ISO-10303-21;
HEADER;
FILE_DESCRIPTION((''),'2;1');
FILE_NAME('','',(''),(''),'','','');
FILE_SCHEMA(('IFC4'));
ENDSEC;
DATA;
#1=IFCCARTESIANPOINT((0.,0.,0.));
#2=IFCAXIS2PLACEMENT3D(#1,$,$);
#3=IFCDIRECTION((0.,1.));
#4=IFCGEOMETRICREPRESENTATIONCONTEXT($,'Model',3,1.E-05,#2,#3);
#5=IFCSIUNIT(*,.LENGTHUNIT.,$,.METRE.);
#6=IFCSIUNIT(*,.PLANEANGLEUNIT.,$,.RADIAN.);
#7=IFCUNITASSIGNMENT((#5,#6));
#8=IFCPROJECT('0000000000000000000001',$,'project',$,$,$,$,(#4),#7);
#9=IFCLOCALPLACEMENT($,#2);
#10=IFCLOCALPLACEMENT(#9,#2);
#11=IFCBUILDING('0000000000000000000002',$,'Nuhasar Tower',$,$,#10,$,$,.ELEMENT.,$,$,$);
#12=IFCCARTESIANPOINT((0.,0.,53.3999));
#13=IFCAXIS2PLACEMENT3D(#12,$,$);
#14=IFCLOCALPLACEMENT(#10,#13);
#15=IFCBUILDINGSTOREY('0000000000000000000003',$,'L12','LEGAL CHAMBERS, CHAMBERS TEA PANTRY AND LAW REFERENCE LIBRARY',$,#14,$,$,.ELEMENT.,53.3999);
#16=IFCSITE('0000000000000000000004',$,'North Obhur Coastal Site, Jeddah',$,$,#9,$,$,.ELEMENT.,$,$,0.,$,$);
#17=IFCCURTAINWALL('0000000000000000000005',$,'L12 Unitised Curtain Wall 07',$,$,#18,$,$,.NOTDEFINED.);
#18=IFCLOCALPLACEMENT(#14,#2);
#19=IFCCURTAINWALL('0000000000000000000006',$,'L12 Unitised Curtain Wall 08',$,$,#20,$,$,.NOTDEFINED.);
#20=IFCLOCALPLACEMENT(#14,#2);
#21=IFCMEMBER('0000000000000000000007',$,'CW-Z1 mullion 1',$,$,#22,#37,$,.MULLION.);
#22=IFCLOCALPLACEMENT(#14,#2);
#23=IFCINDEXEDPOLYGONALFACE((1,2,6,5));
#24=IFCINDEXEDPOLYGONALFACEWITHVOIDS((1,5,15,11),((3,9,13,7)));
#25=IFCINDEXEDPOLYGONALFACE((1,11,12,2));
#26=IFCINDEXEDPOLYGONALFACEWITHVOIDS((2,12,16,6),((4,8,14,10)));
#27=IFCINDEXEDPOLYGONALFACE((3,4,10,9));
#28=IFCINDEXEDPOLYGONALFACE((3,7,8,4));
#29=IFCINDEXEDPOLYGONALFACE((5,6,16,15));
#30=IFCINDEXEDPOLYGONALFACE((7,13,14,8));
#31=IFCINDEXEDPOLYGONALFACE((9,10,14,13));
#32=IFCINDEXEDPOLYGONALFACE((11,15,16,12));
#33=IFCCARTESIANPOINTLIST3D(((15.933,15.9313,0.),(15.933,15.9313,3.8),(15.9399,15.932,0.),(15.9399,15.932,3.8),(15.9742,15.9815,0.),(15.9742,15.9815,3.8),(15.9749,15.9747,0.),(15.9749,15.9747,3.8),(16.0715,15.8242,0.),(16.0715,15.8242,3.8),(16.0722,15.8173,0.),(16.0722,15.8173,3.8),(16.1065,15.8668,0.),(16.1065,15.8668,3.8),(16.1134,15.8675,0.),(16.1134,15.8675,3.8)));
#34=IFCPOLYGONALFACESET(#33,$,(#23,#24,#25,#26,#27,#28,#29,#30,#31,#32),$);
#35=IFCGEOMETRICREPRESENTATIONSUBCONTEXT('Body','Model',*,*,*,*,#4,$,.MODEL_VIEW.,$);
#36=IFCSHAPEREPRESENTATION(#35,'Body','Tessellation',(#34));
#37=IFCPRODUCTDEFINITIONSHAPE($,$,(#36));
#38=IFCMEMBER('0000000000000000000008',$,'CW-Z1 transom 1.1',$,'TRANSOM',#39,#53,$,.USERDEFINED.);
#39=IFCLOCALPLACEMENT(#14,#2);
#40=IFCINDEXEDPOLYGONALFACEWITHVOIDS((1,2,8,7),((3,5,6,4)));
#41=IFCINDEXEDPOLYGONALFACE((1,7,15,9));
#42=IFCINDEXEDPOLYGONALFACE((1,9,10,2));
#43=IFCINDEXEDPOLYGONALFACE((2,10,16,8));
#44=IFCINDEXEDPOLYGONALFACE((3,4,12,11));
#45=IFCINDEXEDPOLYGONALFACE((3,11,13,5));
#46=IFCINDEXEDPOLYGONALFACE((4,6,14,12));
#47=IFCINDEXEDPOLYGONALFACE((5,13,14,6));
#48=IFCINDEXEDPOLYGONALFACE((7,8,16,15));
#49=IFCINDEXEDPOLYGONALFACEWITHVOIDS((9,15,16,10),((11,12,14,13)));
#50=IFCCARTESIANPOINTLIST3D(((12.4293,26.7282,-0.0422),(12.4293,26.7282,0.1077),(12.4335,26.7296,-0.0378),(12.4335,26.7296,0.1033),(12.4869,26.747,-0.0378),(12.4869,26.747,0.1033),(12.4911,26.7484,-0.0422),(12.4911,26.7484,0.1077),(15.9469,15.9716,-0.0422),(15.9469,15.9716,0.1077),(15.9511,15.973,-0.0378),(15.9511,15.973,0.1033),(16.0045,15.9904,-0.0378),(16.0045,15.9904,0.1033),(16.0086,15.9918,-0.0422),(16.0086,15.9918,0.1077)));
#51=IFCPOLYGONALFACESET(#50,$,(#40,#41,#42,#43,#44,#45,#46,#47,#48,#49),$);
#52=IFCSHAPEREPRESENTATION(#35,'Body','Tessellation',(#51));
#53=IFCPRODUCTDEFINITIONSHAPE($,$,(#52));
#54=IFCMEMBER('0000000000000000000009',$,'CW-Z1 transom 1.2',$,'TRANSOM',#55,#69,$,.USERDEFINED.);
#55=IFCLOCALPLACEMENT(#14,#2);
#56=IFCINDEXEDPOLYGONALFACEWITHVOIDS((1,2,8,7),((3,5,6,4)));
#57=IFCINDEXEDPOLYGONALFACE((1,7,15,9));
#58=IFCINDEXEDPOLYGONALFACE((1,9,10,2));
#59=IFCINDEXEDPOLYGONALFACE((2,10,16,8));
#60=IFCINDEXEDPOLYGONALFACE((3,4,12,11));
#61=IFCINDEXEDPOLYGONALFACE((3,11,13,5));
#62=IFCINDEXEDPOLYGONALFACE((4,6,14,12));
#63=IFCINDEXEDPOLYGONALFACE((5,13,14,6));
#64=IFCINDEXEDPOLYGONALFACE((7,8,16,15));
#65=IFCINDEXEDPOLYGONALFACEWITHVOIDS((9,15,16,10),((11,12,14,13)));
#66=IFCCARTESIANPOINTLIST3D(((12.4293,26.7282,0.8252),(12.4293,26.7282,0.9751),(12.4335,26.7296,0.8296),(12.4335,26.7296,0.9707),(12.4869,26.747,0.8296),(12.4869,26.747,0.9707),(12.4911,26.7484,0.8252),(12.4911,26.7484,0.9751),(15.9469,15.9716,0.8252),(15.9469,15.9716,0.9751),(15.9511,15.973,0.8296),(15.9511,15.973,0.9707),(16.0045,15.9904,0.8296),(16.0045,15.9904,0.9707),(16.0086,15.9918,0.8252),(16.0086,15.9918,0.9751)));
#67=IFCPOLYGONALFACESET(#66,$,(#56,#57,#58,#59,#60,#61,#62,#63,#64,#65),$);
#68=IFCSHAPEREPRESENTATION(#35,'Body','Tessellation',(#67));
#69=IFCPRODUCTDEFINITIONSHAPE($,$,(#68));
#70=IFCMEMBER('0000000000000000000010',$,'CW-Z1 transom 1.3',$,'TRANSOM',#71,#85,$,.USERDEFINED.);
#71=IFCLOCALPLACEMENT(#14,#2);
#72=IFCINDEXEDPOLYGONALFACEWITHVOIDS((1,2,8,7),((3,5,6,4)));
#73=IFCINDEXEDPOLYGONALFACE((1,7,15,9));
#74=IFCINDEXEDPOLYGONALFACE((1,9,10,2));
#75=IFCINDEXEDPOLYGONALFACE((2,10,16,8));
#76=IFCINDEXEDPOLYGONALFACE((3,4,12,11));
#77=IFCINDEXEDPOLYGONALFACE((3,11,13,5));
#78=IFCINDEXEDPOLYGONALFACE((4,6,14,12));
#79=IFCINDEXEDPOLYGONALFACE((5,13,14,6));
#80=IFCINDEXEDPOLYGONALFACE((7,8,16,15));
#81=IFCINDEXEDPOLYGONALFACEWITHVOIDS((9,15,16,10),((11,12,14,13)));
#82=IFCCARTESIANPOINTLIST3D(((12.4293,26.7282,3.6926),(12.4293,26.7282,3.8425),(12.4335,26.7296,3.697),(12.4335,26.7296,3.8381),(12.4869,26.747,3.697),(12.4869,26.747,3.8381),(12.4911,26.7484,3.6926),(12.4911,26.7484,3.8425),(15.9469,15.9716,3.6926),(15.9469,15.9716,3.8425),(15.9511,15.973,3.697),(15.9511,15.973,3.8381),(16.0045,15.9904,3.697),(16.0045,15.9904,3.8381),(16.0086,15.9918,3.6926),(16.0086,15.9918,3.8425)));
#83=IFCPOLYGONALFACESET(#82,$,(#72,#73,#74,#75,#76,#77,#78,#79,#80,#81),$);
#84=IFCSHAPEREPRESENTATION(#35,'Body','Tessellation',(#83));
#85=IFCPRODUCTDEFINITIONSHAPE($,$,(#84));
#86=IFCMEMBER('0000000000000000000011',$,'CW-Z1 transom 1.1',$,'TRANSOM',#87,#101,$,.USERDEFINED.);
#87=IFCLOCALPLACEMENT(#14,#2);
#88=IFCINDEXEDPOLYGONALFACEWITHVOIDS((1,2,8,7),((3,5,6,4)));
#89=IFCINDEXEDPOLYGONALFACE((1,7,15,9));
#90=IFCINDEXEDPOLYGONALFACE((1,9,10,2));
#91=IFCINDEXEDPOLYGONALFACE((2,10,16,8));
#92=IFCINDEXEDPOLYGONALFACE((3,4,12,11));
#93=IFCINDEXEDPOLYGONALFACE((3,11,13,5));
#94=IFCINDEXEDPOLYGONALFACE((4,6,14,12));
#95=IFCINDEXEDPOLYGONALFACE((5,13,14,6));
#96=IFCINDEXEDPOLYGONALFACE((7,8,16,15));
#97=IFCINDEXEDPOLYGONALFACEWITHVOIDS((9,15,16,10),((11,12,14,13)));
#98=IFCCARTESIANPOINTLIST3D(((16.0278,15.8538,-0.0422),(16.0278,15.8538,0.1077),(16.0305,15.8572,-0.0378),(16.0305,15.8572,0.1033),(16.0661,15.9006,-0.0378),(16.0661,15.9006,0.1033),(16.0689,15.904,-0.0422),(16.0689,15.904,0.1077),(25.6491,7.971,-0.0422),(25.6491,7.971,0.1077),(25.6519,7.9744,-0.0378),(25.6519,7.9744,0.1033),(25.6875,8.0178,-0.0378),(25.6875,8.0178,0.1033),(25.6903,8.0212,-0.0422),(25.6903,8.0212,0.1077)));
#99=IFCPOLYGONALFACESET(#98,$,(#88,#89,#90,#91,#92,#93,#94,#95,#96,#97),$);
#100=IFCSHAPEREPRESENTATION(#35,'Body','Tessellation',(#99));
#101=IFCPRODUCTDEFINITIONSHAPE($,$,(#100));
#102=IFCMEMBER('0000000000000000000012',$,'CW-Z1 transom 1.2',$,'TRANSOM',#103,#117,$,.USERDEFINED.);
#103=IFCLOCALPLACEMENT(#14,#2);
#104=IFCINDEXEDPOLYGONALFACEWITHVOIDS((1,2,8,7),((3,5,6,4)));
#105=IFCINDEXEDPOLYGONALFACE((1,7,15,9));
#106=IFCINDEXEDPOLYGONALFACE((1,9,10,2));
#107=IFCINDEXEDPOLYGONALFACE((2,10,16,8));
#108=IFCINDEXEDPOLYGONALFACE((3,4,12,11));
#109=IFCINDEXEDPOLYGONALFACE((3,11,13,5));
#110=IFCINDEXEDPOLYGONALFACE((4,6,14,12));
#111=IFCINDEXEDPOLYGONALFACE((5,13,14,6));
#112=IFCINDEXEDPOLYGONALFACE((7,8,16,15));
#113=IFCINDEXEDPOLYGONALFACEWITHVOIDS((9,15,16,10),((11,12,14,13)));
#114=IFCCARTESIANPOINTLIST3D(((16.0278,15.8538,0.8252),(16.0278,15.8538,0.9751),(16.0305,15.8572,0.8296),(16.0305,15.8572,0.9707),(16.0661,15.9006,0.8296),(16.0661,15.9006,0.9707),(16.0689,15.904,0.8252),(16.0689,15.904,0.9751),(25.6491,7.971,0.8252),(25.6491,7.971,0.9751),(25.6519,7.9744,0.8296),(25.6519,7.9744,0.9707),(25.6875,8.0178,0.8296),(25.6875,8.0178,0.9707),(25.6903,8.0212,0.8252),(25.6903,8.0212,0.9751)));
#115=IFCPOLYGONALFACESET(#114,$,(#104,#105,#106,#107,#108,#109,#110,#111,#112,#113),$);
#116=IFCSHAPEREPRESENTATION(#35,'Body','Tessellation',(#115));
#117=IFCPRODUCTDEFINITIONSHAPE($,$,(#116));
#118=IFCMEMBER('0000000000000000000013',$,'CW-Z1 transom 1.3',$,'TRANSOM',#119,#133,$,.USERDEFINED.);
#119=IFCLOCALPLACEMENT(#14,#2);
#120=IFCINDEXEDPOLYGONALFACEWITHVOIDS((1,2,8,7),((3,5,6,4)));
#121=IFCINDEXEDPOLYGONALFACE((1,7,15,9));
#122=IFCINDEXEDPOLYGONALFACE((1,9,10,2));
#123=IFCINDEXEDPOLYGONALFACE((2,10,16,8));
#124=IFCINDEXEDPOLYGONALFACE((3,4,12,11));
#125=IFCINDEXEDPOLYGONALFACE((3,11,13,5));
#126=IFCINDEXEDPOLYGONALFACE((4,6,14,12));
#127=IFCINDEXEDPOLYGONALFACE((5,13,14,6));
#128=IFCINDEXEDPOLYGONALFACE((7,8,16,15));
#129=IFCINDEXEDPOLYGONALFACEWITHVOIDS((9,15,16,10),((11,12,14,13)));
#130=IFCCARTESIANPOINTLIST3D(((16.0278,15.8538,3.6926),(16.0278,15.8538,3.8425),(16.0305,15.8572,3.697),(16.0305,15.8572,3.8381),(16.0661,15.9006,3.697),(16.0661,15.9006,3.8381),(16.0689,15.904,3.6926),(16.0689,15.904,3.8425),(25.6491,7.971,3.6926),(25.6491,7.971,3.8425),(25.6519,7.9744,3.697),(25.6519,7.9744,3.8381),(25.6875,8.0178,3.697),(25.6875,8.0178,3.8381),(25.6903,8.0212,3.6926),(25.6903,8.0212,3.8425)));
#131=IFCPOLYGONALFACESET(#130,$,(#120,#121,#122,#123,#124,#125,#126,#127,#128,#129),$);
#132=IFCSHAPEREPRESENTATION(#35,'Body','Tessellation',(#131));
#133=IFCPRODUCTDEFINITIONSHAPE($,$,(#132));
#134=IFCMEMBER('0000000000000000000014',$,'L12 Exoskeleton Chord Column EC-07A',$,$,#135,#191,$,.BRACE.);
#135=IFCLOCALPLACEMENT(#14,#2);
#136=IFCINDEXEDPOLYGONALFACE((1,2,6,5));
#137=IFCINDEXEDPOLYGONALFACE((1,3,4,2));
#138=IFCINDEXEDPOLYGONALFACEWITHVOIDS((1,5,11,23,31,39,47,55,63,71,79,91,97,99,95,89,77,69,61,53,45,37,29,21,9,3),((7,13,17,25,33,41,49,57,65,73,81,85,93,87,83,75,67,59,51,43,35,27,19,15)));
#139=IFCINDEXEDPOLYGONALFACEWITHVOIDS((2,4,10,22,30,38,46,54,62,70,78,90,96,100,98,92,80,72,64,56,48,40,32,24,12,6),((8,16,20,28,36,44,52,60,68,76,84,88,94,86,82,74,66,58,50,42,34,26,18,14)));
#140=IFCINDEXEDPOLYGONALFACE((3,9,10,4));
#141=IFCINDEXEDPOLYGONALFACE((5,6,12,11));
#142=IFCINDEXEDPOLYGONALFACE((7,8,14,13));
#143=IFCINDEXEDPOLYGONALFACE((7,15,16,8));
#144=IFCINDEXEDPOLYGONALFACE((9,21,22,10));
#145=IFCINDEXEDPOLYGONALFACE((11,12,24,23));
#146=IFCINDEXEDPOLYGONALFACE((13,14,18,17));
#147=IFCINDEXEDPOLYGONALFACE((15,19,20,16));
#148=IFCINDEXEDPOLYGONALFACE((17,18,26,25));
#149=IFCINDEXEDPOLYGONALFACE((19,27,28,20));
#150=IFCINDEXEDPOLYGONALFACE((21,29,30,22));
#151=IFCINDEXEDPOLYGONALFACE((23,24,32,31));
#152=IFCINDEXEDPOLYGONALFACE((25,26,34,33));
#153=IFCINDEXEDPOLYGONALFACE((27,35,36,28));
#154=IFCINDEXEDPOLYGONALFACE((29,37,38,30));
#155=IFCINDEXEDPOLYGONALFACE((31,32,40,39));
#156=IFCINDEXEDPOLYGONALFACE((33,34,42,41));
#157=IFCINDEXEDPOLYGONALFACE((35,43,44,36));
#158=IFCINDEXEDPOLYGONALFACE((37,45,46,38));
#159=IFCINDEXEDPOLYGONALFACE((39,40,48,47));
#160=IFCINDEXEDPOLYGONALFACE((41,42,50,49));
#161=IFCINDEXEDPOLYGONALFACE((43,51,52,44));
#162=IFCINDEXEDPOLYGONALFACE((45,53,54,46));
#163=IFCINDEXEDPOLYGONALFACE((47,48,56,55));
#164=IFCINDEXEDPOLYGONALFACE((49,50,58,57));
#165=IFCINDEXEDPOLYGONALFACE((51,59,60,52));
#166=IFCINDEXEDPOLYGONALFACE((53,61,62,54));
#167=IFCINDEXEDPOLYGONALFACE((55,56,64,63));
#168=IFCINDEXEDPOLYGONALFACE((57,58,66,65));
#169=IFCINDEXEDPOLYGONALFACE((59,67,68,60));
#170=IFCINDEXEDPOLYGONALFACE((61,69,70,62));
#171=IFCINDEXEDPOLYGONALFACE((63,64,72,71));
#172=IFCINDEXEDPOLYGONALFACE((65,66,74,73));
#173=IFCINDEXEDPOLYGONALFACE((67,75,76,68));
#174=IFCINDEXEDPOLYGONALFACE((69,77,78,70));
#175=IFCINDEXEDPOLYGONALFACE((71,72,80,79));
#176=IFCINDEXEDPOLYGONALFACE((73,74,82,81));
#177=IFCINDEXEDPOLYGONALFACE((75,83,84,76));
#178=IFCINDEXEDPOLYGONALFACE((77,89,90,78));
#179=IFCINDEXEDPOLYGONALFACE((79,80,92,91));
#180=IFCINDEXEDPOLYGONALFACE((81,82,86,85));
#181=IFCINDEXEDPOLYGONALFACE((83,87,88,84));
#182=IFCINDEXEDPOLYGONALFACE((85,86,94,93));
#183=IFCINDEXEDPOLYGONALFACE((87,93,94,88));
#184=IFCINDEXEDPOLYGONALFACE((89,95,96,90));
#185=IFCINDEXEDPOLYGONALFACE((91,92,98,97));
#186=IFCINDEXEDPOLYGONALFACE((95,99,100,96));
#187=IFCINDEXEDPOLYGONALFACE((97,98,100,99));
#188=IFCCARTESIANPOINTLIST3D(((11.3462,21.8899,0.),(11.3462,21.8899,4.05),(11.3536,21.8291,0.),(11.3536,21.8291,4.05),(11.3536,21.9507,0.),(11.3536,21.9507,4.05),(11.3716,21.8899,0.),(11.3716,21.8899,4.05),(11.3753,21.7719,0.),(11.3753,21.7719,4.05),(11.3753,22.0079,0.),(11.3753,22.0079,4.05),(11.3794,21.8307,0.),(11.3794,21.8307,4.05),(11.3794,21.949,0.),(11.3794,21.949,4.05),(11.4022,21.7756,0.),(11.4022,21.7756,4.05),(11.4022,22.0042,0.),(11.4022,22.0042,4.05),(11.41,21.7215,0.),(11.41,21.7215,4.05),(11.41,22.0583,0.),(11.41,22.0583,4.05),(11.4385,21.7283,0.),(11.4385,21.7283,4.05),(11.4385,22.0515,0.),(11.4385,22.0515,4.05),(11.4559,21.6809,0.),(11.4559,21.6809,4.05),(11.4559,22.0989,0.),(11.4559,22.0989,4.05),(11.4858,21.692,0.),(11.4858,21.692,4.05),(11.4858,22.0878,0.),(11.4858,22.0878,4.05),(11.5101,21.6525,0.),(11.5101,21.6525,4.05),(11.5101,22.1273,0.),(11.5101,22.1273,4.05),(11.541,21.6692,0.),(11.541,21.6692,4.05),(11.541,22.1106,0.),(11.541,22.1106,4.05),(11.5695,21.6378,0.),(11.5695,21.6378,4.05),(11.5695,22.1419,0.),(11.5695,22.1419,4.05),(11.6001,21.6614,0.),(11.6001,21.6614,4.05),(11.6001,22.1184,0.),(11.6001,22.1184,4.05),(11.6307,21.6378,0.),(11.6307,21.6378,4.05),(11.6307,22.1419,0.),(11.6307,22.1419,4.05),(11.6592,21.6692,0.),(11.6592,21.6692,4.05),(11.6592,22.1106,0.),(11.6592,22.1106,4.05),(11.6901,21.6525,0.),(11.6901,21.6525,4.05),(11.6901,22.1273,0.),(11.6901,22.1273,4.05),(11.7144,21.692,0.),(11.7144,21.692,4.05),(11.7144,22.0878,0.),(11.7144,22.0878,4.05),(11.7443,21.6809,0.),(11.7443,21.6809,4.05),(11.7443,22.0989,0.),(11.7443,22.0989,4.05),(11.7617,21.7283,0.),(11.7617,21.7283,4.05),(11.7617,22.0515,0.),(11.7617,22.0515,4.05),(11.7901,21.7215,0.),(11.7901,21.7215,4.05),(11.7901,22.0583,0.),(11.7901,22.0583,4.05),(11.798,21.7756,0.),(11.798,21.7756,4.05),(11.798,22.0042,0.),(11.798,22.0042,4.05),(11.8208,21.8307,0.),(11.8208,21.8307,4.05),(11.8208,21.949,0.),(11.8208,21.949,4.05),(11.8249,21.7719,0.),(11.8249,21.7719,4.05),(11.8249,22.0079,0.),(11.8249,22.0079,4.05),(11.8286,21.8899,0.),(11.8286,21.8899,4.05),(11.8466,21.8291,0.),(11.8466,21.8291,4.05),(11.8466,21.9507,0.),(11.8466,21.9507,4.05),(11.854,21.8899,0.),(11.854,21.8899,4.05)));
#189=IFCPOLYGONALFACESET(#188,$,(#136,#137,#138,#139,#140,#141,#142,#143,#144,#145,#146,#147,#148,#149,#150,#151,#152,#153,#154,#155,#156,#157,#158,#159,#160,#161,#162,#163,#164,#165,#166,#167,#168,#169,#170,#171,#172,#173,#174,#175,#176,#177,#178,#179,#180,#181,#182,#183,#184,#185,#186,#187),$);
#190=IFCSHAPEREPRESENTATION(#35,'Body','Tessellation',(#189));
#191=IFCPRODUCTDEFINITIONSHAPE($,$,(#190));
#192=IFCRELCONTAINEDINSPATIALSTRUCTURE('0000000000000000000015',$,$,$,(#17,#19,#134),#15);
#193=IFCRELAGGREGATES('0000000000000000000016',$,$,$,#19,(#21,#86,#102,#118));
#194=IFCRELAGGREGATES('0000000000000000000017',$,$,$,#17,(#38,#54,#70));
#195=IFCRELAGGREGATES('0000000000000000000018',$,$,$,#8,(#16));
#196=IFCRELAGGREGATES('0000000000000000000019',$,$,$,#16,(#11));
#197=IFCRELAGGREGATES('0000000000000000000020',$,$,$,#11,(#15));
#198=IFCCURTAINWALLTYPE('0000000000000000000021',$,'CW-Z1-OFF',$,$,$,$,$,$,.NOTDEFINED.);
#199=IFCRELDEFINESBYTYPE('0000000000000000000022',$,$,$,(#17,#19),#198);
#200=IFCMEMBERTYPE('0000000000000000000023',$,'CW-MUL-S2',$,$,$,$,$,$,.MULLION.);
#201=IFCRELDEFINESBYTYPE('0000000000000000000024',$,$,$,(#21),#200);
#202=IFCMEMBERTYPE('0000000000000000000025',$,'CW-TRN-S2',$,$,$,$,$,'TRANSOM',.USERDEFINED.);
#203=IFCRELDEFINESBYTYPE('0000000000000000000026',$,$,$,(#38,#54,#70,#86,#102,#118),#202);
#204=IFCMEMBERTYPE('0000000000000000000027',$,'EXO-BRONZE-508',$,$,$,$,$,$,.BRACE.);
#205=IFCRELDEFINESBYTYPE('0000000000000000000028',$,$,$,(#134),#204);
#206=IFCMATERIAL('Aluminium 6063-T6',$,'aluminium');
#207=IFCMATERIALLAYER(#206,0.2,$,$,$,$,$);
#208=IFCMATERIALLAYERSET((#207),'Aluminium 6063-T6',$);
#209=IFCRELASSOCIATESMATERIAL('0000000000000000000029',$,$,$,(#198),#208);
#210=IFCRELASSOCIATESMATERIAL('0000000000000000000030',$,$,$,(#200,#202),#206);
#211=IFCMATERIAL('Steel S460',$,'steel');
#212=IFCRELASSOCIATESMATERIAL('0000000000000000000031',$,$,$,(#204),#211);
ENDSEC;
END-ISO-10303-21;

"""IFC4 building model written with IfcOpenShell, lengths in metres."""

from ifc_helpers import new_model, si_unit, direction, frame, origin, origin_2d, place, context, subcontext, project, spatial, hollow_rectangle, hollow_circle, extrude, material, layer, layer_set, material_profile, profile_set, type_object, element, aggregate, save


model = new_model("IFC4")

# Units and contexts
model_context = context("Model", 3, precision=1e-05, world=origin(), true_north=direction((0.0, 1.0)))
body_context = subcontext(model_context, "Body", "Model", "MODEL_VIEW")
ifc_project = project(units=[si_unit("LENGTHUNIT", "METRE"), si_unit("PLANEANGLEUNIT", "RADIAN")], contexts=[model_context])

# Site, building, storey
site_placement = place(None, origin())
site = spatial("IfcSite", under=ifc_project, at=site_placement, Name="North Obhur Coastal Site, Jeddah", CompositionType="ELEMENT", RefElevation=0.0)
building_placement = place(site_placement, origin())
building = spatial("IfcBuilding", under=site, at=building_placement, Name="Nuhasar Tower", CompositionType="ELEMENT")
storey_placement = place(building_placement, frame((0.0, 0.0, 53.3999)))
storey = spatial("IfcBuildingStorey", under=building, at=storey_placement, Name="L12", Description="LEGAL CHAMBERS, CHAMBERS TEA PANTRY AND LAW REFERENCE LIBRARY", CompositionType="ELEMENT", Elevation=53.3999)

# Curtain walls, member
ifc_material_1 = material(Name="Aluminium 6063-T6", Category="aluminium")
ifc_layer_1 = layer(ifc_material_1, 0.2)
ifc_layer_set_1 = layer_set([ifc_layer_1], Name="Aluminium 6063-T6")
curtain_wall_type = type_object("IfcCurtainWallType", Name="CW-Z1-OFF", PredefinedType="NOTDEFINED", material=ifc_layer_set_1)
curtain_wall_1_placement = place(storey_placement, origin())
curtain_wall_1 = element("IfcCurtainWall", 1, at=curtain_wall_1_placement, inside=storey, type_object=curtain_wall_type, Name="L12 Unitised Curtain Wall 07", PredefinedType="NOTDEFINED")
ifc_material_profile_1 = material_profile(ifc_material_1, hollow_rectangle(XDim=0.0649, YDim=0.1799, WallThickness=0.0049, at=origin_2d()), Name="CWM-2")
ifc_profile_set_1 = profile_set([ifc_material_profile_1], Name="Aluminium 6063-T6")
member_type_1 = type_object("IfcMemberType", Name="CW-MUL-S2", PredefinedType="MULLION", material=ifc_profile_set_1)
curtain_wall_2_placement = place(storey_placement, origin())
curtain_wall_2 = element("IfcCurtainWall", 2, at=curtain_wall_2_placement, inside=storey, type_object=curtain_wall_type, Name="L12 Unitised Curtain Wall 08", PredefinedType="NOTDEFINED")
member_1_placement = place(storey_placement, frame((16.0232, 15.8994, 0.0), z_axis=(0.0, 0.0, 1.0), x_axis=(0.633745, 0.773542, 0.0)))
member_1 = element("IfcMember", 3, at=member_1_placement, type_object=member_type_1, Name="CW-Z1 mullion 1", PredefinedType="MULLION", context=body_context, shape_type="SweptSolid", body=[
    extrude(hollow_rectangle(XDim=0.0649, YDim=0.1799, WallThickness=0.0049, at=origin_2d()), origin(), (0.0, 0.0, 1.0), 3.8),
])

# Members
ifc_material_profile_2 = material_profile(ifc_material_1, hollow_rectangle(XDim=0.0649, YDim=0.1499, WallThickness=0.0044, at=origin_2d()), Name="CWT-2")
ifc_profile_set_2 = profile_set([ifc_material_profile_2], Name="Aluminium 6063-T6")
member_type_2 = type_object("IfcMemberType", Name="CW-TRN-S2", ElementType="TRANSOM", PredefinedType="USERDEFINED", material=ifc_profile_set_2)
member_2_placement = place(storey_placement, frame((12.4602, 26.7383, 0.0327), z_axis=(0.310819, -0.950469, 0.0), x_axis=(0.950469, 0.310819, 0.0)))
member_2 = element("IfcMember", 4, at=member_2_placement, type_object=member_type_2, Name="CW-Z1 transom 1.1", ObjectType="TRANSOM", PredefinedType="USERDEFINED", context=body_context, shape_type="SweptSolid", body=[
    extrude(hollow_rectangle(XDim=0.0649, YDim=0.1499, WallThickness=0.0044, at=origin_2d()), origin(), (0.0, 0.0, 1.0), 11.3171),
])
member_3_placement = place(storey_placement, frame((12.4602, 26.7383, 0.9001), z_axis=(0.310819, -0.950469, 0.0), x_axis=(0.950469, 0.310819, 0.0)))
member_3 = element("IfcMember", 5, at=member_3_placement, type_object=member_type_2, Name="CW-Z1 transom 1.2", ObjectType="TRANSOM", PredefinedType="USERDEFINED", context=body_context, shape_type="SweptSolid", body=[
    extrude(hollow_rectangle(XDim=0.0649, YDim=0.1499, WallThickness=0.0044, at=origin_2d()), origin(), (0.0, 0.0, 1.0), 11.3171),
])
member_4_placement = place(storey_placement, frame((12.4602, 26.7383, 3.7676), z_axis=(0.310819, -0.950469, 0.0), x_axis=(0.950469, 0.310819, 0.0)))
member_4 = element("IfcMember", 6, at=member_4_placement, type_object=member_type_2, Name="CW-Z1 transom 1.3", ObjectType="TRANSOM", PredefinedType="USERDEFINED", context=body_context, shape_type="SweptSolid", body=[
    extrude(hollow_rectangle(XDim=0.0649, YDim=0.1499, WallThickness=0.0044, at=origin_2d()), origin(), (0.0, 0.0, 1.0), 11.3171),
])
member_5_placement = place(storey_placement, frame((16.0483, 15.8789, 0.0327), z_axis=(0.773531, -0.633758, 0.0), x_axis=(0.633758, 0.773531, 0.0)))
member_5 = element("IfcMember", 7, at=member_5_placement, type_object=member_type_2, Name="CW-Z1 transom 1.1", ObjectType="TRANSOM", PredefinedType="USERDEFINED", context=body_context, shape_type="SweptSolid", body=[
    extrude(hollow_rectangle(XDim=0.0649, YDim=0.1499, WallThickness=0.0044, at=origin_2d()), origin(), (0.0, 0.0, 1.0), 12.4382),
])
member_6_placement = place(storey_placement, frame((16.0483, 15.8789, 0.9001), z_axis=(0.773531, -0.633758, 0.0), x_axis=(0.633758, 0.773531, 0.0)))
member_6 = element("IfcMember", 8, at=member_6_placement, type_object=member_type_2, Name="CW-Z1 transom 1.2", ObjectType="TRANSOM", PredefinedType="USERDEFINED", context=body_context, shape_type="SweptSolid", body=[
    extrude(hollow_rectangle(XDim=0.0649, YDim=0.1499, WallThickness=0.0044, at=origin_2d()), origin(), (0.0, 0.0, 1.0), 12.4382),
])
member_7_placement = place(storey_placement, frame((16.0483, 15.8789, 3.7676), z_axis=(0.773531, -0.633758, 0.0), x_axis=(0.633758, 0.773531, 0.0)))
member_7 = element("IfcMember", 9, at=member_7_placement, type_object=member_type_2, Name="CW-Z1 transom 1.3", ObjectType="TRANSOM", PredefinedType="USERDEFINED", context=body_context, shape_type="SweptSolid", body=[
    extrude(hollow_rectangle(XDim=0.0649, YDim=0.1499, WallThickness=0.0044, at=origin_2d()), origin(), (0.0, 0.0, 1.0), 12.4382),
])
aggregate(curtain_wall_2, [member_1, member_5, member_6, member_7])

# Member
ifc_material_2 = material(Name="Steel S460", Category="steel")
ifc_material_profile_3 = material_profile(ifc_material_2, hollow_circle(Radius=0.2539, WallThickness=0.0254, at=origin_2d()), Name="HSS508X25.4")
ifc_profile_set_3 = profile_set([ifc_material_profile_3], Name="Steel S460")
member_type_3 = type_object("IfcMemberType", Name="EXO-BRONZE-508", PredefinedType="BRACE", material=ifc_profile_set_3)
for number, where, z_axis, x_axis, name in (
    (10, (11.6001, 21.8899, 0.0), (0.0, 0.0, 1.0), (1.0, 0.0, 0.0), "L12 Exoskeleton Chord Column EC-07A"),
):
    element("IfcMember", number, at=place(storey_placement, frame(where, z_axis=z_axis, x_axis=x_axis)), inside=storey, type_object=member_type_3, Name=name, PredefinedType="BRACE", context=body_context, shape_type="SweptSolid", body=[
        extrude(hollow_circle(Radius=0.2539, WallThickness=0.0254, at=origin_2d()), origin(), (0.0, 0.0, 1.0), 4.05),
    ])

aggregate(curtain_wall_1, [member_2, member_3, member_4])

save(model, "model.ifc")
